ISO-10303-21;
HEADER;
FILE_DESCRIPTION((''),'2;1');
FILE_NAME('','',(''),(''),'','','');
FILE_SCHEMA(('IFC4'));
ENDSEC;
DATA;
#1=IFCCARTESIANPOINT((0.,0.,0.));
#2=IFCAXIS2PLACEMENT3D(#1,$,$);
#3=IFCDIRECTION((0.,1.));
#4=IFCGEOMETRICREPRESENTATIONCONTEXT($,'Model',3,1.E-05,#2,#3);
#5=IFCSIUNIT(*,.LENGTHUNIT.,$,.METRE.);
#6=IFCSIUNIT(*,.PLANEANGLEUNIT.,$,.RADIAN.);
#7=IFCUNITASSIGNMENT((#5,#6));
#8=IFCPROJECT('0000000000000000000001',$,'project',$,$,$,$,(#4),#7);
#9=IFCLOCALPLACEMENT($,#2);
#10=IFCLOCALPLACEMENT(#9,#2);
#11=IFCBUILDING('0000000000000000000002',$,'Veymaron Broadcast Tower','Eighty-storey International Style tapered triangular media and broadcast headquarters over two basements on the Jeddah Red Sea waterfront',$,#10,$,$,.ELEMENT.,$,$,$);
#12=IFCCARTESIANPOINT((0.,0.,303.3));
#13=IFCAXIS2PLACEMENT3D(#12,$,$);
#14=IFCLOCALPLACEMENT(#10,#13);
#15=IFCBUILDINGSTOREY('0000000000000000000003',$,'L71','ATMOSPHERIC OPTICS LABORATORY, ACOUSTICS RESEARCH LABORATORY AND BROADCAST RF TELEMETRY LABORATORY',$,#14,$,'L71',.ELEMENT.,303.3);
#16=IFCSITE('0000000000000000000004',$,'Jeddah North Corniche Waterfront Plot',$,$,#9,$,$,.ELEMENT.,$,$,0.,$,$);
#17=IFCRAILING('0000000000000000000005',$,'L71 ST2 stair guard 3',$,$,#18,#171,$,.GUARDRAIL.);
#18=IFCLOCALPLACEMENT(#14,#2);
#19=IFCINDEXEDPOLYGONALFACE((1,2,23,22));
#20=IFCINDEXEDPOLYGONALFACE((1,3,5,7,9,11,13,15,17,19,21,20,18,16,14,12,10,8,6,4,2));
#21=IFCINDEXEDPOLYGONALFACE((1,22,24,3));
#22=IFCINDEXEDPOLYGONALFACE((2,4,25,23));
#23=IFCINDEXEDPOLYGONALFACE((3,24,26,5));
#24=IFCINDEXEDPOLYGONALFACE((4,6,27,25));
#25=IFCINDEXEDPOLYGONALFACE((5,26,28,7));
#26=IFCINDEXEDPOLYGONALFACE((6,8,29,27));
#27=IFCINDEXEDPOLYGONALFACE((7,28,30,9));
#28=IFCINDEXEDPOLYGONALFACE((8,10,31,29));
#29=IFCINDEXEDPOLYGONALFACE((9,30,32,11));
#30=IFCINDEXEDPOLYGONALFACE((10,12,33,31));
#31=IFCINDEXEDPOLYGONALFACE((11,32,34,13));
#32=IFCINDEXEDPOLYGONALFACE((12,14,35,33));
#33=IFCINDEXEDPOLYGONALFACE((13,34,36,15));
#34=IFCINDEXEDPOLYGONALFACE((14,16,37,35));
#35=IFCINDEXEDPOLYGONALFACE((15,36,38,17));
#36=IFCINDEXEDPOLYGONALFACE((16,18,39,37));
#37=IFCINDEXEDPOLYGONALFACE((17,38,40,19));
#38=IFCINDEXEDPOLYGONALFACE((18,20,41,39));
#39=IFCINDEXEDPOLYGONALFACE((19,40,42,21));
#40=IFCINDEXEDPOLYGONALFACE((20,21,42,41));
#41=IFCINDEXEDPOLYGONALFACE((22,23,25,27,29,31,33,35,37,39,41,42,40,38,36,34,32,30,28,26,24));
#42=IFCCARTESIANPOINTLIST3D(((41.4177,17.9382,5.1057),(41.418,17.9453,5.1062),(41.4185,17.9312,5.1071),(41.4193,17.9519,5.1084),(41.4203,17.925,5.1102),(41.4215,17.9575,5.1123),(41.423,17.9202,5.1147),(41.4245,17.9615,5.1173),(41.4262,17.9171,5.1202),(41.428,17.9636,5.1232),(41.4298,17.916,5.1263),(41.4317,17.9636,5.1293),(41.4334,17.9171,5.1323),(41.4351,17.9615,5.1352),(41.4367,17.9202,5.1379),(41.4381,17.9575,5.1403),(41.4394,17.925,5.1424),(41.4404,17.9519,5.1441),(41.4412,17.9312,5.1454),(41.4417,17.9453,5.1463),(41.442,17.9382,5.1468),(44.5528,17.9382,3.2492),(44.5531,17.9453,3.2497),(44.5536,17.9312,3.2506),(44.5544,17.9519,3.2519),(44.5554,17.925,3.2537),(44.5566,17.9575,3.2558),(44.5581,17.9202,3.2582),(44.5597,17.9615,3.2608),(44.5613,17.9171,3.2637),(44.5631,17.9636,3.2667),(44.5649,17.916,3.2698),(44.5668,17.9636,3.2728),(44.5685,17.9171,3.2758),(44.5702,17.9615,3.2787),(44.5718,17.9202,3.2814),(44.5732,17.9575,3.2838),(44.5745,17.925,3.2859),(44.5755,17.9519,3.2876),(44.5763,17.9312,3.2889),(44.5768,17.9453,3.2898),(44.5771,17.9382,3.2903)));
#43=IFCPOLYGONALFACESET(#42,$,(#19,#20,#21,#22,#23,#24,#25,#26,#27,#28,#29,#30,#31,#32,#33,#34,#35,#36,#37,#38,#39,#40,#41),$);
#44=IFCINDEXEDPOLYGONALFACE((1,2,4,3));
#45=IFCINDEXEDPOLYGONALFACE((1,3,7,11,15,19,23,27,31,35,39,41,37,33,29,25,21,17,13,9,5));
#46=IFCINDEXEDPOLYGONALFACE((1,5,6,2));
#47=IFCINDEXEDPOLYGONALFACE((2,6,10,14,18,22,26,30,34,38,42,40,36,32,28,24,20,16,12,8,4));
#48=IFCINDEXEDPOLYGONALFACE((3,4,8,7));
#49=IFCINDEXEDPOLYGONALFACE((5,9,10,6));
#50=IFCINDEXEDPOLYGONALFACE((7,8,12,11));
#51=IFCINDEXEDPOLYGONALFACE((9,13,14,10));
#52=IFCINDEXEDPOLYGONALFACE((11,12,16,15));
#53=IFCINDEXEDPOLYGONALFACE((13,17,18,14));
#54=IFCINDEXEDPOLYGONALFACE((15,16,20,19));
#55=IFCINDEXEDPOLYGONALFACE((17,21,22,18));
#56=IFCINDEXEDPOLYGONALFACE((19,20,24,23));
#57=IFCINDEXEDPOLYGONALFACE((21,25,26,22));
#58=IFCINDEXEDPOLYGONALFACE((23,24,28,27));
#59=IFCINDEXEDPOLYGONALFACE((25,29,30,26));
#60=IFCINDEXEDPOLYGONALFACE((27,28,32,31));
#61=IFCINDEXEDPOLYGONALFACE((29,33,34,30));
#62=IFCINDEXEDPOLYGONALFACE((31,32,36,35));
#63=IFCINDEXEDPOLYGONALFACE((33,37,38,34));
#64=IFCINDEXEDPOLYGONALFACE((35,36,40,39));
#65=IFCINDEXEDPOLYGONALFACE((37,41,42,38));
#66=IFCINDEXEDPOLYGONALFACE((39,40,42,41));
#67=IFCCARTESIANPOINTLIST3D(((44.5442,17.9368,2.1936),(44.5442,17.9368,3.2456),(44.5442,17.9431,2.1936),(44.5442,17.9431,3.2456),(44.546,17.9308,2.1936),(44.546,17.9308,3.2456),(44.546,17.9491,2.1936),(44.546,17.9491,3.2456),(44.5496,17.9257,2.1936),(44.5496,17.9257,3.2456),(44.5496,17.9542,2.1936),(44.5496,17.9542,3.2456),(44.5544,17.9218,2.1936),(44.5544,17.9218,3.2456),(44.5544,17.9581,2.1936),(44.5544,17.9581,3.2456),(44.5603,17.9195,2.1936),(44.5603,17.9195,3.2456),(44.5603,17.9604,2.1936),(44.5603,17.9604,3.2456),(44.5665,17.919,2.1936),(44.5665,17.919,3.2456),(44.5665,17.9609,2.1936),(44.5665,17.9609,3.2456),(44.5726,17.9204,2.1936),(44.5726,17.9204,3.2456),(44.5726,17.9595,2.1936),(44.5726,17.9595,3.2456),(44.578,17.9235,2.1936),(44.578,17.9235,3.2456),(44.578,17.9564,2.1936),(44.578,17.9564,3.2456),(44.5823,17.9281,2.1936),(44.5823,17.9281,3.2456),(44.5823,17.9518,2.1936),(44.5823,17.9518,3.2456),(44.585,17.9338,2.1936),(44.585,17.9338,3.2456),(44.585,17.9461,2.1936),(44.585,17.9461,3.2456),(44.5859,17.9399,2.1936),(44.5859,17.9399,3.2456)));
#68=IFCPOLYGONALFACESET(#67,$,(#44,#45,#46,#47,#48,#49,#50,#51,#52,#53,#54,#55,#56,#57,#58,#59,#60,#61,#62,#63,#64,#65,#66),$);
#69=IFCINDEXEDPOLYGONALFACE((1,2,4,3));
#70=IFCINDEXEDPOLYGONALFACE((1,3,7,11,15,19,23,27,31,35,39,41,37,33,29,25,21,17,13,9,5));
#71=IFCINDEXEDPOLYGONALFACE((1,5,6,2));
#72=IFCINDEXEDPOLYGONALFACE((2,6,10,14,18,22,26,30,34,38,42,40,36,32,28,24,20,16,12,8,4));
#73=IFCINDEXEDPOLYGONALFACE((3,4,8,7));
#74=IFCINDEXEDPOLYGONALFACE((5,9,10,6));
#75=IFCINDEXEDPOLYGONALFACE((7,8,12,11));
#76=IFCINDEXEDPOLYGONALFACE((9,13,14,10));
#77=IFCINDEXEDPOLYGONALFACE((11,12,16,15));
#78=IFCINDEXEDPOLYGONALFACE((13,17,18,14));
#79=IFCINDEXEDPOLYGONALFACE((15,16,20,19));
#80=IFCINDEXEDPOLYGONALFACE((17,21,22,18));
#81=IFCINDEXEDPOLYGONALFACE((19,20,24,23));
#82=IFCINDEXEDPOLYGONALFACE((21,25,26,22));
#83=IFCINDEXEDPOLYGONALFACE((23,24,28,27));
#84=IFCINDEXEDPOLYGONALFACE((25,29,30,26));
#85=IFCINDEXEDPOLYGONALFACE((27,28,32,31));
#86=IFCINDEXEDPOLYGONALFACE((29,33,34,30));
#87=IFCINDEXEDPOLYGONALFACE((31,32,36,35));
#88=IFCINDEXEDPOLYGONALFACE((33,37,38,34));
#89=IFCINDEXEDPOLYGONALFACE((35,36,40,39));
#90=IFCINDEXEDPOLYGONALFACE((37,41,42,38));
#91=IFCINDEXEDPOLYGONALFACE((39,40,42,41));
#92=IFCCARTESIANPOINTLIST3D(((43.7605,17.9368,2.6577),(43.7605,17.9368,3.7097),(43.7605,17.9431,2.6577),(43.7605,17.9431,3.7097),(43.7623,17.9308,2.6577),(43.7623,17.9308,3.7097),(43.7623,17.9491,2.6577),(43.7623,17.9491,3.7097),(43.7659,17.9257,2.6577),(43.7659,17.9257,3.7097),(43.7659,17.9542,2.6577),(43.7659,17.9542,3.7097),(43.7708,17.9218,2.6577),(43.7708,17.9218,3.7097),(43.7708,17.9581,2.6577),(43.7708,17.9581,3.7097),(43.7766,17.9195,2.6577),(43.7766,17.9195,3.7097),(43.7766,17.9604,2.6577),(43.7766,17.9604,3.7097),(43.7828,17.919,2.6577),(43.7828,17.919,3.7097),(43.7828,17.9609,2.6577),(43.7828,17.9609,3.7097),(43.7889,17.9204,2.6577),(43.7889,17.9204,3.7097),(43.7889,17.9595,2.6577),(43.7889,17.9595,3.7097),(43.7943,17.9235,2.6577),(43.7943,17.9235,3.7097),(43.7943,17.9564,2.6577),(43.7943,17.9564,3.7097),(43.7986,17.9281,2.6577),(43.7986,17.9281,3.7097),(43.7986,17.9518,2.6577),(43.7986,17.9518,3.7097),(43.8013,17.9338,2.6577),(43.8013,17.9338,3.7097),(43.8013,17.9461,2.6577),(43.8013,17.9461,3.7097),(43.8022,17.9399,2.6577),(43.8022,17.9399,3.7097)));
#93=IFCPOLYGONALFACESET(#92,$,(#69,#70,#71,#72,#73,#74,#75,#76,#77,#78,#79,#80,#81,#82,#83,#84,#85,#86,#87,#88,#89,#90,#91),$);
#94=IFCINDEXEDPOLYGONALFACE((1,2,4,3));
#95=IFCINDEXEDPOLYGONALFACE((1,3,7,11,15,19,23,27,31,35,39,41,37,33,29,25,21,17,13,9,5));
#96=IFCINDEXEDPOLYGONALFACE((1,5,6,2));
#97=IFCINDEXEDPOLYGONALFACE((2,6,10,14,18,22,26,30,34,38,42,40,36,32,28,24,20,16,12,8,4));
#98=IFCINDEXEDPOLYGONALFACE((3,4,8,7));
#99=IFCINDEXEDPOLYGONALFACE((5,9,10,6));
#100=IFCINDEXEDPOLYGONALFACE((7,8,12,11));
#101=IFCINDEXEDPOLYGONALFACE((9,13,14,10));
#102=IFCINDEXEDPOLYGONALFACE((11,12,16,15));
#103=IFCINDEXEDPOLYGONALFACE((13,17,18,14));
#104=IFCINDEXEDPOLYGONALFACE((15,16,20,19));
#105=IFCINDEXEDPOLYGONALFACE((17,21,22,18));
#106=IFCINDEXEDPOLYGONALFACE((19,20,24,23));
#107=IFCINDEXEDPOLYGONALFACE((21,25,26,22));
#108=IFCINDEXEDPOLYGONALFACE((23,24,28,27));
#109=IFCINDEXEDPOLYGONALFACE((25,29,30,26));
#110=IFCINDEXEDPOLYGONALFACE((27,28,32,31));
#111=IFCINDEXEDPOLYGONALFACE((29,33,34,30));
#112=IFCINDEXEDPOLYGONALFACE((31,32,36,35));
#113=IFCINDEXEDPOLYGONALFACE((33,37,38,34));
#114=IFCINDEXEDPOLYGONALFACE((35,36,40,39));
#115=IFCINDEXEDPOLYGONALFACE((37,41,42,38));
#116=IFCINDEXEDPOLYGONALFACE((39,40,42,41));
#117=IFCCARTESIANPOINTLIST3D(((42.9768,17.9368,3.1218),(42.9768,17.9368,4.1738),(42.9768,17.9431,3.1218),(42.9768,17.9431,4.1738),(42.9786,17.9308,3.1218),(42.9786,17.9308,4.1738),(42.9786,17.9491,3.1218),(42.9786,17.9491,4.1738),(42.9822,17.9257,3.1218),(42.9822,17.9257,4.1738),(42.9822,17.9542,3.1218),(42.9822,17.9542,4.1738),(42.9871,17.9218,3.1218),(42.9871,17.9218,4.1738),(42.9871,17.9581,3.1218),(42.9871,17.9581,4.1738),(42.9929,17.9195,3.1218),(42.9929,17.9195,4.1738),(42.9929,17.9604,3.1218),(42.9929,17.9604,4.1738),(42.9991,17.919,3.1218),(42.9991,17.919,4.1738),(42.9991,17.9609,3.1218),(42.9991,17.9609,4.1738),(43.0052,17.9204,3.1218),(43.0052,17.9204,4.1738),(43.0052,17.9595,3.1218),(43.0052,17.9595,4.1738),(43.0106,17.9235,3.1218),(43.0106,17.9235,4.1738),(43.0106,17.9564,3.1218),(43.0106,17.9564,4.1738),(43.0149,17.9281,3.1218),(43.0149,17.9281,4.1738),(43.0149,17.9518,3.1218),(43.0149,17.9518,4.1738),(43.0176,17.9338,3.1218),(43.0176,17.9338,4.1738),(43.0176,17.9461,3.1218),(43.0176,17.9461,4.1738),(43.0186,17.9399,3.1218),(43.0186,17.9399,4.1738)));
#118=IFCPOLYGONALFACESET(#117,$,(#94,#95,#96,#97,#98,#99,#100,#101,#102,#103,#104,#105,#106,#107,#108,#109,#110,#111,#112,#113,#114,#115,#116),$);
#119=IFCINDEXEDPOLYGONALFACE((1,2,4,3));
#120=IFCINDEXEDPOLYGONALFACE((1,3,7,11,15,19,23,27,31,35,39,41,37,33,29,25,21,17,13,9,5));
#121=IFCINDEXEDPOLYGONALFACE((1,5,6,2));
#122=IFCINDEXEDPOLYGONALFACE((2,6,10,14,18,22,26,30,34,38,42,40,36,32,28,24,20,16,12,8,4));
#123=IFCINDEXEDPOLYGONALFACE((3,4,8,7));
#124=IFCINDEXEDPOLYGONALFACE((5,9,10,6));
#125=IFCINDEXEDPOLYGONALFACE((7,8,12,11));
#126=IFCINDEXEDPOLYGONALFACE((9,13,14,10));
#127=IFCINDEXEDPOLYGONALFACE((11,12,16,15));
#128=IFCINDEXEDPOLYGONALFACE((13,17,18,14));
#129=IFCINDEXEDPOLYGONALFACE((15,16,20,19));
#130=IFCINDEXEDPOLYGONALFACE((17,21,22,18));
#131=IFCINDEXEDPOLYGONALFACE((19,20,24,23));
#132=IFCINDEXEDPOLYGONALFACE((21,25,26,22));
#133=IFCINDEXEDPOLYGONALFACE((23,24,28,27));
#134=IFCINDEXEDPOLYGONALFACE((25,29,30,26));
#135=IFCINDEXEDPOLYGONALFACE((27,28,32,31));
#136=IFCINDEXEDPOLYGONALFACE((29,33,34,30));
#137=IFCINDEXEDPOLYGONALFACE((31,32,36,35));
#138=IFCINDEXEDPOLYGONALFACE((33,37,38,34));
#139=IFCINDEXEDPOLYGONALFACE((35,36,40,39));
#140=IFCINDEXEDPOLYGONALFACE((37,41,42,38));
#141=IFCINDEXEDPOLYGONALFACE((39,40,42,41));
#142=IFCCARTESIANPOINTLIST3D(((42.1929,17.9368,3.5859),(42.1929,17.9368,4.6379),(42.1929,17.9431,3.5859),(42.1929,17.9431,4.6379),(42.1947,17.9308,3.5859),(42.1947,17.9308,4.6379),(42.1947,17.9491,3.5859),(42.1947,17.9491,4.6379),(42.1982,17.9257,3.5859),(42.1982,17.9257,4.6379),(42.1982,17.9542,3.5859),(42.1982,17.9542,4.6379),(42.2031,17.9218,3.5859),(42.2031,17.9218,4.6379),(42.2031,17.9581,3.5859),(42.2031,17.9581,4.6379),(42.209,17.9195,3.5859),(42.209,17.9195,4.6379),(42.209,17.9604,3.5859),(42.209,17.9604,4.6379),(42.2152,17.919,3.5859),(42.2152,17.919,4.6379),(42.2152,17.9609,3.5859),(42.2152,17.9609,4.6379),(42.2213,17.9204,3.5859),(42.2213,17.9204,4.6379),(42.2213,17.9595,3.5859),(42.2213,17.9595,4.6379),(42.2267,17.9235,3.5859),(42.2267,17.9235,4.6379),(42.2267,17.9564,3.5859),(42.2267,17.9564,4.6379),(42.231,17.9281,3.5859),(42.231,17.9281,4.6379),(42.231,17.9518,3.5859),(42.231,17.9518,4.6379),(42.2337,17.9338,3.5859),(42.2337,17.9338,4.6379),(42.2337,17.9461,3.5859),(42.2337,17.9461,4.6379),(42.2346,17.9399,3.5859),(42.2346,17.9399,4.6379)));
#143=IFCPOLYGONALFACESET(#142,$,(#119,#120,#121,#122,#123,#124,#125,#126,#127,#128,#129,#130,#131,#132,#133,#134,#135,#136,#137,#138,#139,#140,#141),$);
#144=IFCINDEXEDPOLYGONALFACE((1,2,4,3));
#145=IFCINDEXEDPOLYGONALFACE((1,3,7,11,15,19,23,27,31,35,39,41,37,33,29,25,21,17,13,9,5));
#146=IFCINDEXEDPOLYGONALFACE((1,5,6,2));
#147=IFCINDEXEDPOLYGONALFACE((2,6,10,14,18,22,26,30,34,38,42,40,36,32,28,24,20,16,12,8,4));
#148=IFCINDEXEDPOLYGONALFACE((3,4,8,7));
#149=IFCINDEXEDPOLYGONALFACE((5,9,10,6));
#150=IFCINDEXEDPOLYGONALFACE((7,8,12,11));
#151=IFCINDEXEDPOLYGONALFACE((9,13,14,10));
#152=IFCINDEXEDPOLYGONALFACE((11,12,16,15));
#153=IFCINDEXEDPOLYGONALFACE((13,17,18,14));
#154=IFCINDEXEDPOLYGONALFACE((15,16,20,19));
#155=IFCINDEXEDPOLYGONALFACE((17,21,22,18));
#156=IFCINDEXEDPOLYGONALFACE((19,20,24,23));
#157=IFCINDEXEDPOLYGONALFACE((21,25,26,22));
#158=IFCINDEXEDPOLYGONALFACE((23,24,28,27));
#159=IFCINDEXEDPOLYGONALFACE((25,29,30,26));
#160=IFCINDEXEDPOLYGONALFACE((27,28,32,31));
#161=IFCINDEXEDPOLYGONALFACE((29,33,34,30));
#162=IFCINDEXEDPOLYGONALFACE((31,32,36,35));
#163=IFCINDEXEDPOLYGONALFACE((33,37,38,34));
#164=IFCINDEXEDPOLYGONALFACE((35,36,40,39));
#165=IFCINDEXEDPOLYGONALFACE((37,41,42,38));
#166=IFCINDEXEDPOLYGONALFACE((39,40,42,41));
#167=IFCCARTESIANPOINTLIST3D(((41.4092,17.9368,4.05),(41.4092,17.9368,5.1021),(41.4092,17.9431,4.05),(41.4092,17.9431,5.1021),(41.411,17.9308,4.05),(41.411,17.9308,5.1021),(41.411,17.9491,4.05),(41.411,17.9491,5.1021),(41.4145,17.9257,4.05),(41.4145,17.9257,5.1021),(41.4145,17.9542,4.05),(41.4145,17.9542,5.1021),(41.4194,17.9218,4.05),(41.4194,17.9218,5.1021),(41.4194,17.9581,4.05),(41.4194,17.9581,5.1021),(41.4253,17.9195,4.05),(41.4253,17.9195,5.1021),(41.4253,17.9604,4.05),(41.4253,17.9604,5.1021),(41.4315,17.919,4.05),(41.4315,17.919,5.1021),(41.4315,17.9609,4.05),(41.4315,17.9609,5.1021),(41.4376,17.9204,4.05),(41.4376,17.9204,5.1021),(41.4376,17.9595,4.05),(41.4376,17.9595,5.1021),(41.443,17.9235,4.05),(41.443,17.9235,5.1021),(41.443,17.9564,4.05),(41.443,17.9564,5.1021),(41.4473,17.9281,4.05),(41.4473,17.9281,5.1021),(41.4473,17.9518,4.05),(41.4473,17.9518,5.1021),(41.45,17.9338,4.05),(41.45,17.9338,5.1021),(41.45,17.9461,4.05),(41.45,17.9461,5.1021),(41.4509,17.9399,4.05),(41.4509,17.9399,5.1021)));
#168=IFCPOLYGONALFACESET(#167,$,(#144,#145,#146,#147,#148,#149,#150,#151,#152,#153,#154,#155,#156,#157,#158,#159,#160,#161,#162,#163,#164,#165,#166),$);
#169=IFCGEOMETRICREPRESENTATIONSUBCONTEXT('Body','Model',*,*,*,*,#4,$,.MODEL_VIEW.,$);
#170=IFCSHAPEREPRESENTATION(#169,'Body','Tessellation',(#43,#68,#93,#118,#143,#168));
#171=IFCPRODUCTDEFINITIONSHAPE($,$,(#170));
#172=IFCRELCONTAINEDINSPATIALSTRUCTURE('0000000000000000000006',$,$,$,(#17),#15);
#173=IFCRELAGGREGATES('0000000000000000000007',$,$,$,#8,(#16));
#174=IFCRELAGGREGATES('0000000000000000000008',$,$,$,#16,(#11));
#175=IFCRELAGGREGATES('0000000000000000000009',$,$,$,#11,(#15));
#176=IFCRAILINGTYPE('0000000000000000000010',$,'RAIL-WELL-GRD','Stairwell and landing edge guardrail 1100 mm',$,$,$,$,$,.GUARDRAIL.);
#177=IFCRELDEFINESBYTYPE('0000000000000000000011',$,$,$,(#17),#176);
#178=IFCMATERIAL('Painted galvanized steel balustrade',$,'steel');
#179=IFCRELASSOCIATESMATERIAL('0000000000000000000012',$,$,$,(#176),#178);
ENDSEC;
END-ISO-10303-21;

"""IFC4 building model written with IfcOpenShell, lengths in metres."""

from ifc_helpers import new_model, si_unit, direction, frame, origin, origin_2d, place, context, subcontext, project, spatial, circle, extrude, material, type_object, element, save


model = new_model("IFC4")

# Units and contexts
model_context = context("Model", 3, precision=1e-05, world=origin(), true_north=direction((0.0, 1.0)))
body_context = subcontext(model_context, "Body", "Model", "MODEL_VIEW")
ifc_project = project(units=[si_unit("LENGTHUNIT", "METRE"), si_unit("PLANEANGLEUNIT", "RADIAN")], contexts=[model_context])

# Site, building, storey
site_placement = place(None, origin())
site = spatial("IfcSite", under=ifc_project, at=site_placement, Name="Jeddah North Corniche Waterfront Plot", CompositionType="ELEMENT", RefElevation=0.0)
building_placement = place(site_placement, origin())
building = spatial("IfcBuilding", under=site, at=building_placement, Name="Veymaron Broadcast Tower", Description="Eighty-storey International Style tapered triangular media and broadcast headquarters over two basements on the Jeddah Red Sea waterfront", CompositionType="ELEMENT")
storey_placement = place(building_placement, frame((0.0, 0.0, 303.3)))
storey = spatial("IfcBuildingStorey", under=building, at=storey_placement, Name="L71", Description="ATMOSPHERIC OPTICS LABORATORY, ACOUSTICS RESEARCH LABORATORY AND BROADCAST RF TELEMETRY LABORATORY", LongName="L71", CompositionType="ELEMENT", Elevation=303.3)

# Railing
ifc_material_1 = material(Name="Painted galvanized steel balustrade", Category="steel")
railing_type_1 = type_object("IfcRailingType", Name="RAIL-WELL-GRD", Description="Stairwell and landing edge guardrail 1100 mm", PredefinedType="GUARDRAIL", material=ifc_material_1)
railing_1_placement = place(storey_placement, frame((44.5649, 17.9399, 2.1936)))
element("IfcRailing", 1, at=railing_1_placement, inside=storey, type_object=railing_type_1, Name="L71 ST2 stair guard 3", PredefinedType="GUARDRAIL", context=body_context, shape_type="SweptSolid", body=[
    extrude(circle(Radius=0.0239, at=origin_2d()), frame((0.0, 0.0, 1.0762), z_axis=(-0.860453, 0.0, 0.509531), x_axis=(0.0, -1.0, 0.0)), (0.0, 0.0, 1.0), 3.6436),
    extrude(circle(Radius=0.021, at=origin_2d()), origin(), (0.0, 0.0, 1.0), 1.052),
    extrude(circle(Radius=0.021, at=origin_2d()), frame((-0.7837, 0.0, 0.4641)), (0.0, 0.0, 1.0), 1.052),
    extrude(circle(Radius=0.021, at=origin_2d()), frame((-1.5674, 0.0, 0.9282)), (0.0, 0.0, 1.0), 1.052),
    extrude(circle(Radius=0.021, at=origin_2d()), frame((-2.3513, 0.0, 1.3923)), (0.0, 0.0, 1.0), 1.052),
    extrude(circle(Radius=0.021, at=origin_2d()), frame((-3.135, 0.0, 1.8564)), (0.0, 0.0, 1.0), 1.052),
])

save(model, "model.ifc")
